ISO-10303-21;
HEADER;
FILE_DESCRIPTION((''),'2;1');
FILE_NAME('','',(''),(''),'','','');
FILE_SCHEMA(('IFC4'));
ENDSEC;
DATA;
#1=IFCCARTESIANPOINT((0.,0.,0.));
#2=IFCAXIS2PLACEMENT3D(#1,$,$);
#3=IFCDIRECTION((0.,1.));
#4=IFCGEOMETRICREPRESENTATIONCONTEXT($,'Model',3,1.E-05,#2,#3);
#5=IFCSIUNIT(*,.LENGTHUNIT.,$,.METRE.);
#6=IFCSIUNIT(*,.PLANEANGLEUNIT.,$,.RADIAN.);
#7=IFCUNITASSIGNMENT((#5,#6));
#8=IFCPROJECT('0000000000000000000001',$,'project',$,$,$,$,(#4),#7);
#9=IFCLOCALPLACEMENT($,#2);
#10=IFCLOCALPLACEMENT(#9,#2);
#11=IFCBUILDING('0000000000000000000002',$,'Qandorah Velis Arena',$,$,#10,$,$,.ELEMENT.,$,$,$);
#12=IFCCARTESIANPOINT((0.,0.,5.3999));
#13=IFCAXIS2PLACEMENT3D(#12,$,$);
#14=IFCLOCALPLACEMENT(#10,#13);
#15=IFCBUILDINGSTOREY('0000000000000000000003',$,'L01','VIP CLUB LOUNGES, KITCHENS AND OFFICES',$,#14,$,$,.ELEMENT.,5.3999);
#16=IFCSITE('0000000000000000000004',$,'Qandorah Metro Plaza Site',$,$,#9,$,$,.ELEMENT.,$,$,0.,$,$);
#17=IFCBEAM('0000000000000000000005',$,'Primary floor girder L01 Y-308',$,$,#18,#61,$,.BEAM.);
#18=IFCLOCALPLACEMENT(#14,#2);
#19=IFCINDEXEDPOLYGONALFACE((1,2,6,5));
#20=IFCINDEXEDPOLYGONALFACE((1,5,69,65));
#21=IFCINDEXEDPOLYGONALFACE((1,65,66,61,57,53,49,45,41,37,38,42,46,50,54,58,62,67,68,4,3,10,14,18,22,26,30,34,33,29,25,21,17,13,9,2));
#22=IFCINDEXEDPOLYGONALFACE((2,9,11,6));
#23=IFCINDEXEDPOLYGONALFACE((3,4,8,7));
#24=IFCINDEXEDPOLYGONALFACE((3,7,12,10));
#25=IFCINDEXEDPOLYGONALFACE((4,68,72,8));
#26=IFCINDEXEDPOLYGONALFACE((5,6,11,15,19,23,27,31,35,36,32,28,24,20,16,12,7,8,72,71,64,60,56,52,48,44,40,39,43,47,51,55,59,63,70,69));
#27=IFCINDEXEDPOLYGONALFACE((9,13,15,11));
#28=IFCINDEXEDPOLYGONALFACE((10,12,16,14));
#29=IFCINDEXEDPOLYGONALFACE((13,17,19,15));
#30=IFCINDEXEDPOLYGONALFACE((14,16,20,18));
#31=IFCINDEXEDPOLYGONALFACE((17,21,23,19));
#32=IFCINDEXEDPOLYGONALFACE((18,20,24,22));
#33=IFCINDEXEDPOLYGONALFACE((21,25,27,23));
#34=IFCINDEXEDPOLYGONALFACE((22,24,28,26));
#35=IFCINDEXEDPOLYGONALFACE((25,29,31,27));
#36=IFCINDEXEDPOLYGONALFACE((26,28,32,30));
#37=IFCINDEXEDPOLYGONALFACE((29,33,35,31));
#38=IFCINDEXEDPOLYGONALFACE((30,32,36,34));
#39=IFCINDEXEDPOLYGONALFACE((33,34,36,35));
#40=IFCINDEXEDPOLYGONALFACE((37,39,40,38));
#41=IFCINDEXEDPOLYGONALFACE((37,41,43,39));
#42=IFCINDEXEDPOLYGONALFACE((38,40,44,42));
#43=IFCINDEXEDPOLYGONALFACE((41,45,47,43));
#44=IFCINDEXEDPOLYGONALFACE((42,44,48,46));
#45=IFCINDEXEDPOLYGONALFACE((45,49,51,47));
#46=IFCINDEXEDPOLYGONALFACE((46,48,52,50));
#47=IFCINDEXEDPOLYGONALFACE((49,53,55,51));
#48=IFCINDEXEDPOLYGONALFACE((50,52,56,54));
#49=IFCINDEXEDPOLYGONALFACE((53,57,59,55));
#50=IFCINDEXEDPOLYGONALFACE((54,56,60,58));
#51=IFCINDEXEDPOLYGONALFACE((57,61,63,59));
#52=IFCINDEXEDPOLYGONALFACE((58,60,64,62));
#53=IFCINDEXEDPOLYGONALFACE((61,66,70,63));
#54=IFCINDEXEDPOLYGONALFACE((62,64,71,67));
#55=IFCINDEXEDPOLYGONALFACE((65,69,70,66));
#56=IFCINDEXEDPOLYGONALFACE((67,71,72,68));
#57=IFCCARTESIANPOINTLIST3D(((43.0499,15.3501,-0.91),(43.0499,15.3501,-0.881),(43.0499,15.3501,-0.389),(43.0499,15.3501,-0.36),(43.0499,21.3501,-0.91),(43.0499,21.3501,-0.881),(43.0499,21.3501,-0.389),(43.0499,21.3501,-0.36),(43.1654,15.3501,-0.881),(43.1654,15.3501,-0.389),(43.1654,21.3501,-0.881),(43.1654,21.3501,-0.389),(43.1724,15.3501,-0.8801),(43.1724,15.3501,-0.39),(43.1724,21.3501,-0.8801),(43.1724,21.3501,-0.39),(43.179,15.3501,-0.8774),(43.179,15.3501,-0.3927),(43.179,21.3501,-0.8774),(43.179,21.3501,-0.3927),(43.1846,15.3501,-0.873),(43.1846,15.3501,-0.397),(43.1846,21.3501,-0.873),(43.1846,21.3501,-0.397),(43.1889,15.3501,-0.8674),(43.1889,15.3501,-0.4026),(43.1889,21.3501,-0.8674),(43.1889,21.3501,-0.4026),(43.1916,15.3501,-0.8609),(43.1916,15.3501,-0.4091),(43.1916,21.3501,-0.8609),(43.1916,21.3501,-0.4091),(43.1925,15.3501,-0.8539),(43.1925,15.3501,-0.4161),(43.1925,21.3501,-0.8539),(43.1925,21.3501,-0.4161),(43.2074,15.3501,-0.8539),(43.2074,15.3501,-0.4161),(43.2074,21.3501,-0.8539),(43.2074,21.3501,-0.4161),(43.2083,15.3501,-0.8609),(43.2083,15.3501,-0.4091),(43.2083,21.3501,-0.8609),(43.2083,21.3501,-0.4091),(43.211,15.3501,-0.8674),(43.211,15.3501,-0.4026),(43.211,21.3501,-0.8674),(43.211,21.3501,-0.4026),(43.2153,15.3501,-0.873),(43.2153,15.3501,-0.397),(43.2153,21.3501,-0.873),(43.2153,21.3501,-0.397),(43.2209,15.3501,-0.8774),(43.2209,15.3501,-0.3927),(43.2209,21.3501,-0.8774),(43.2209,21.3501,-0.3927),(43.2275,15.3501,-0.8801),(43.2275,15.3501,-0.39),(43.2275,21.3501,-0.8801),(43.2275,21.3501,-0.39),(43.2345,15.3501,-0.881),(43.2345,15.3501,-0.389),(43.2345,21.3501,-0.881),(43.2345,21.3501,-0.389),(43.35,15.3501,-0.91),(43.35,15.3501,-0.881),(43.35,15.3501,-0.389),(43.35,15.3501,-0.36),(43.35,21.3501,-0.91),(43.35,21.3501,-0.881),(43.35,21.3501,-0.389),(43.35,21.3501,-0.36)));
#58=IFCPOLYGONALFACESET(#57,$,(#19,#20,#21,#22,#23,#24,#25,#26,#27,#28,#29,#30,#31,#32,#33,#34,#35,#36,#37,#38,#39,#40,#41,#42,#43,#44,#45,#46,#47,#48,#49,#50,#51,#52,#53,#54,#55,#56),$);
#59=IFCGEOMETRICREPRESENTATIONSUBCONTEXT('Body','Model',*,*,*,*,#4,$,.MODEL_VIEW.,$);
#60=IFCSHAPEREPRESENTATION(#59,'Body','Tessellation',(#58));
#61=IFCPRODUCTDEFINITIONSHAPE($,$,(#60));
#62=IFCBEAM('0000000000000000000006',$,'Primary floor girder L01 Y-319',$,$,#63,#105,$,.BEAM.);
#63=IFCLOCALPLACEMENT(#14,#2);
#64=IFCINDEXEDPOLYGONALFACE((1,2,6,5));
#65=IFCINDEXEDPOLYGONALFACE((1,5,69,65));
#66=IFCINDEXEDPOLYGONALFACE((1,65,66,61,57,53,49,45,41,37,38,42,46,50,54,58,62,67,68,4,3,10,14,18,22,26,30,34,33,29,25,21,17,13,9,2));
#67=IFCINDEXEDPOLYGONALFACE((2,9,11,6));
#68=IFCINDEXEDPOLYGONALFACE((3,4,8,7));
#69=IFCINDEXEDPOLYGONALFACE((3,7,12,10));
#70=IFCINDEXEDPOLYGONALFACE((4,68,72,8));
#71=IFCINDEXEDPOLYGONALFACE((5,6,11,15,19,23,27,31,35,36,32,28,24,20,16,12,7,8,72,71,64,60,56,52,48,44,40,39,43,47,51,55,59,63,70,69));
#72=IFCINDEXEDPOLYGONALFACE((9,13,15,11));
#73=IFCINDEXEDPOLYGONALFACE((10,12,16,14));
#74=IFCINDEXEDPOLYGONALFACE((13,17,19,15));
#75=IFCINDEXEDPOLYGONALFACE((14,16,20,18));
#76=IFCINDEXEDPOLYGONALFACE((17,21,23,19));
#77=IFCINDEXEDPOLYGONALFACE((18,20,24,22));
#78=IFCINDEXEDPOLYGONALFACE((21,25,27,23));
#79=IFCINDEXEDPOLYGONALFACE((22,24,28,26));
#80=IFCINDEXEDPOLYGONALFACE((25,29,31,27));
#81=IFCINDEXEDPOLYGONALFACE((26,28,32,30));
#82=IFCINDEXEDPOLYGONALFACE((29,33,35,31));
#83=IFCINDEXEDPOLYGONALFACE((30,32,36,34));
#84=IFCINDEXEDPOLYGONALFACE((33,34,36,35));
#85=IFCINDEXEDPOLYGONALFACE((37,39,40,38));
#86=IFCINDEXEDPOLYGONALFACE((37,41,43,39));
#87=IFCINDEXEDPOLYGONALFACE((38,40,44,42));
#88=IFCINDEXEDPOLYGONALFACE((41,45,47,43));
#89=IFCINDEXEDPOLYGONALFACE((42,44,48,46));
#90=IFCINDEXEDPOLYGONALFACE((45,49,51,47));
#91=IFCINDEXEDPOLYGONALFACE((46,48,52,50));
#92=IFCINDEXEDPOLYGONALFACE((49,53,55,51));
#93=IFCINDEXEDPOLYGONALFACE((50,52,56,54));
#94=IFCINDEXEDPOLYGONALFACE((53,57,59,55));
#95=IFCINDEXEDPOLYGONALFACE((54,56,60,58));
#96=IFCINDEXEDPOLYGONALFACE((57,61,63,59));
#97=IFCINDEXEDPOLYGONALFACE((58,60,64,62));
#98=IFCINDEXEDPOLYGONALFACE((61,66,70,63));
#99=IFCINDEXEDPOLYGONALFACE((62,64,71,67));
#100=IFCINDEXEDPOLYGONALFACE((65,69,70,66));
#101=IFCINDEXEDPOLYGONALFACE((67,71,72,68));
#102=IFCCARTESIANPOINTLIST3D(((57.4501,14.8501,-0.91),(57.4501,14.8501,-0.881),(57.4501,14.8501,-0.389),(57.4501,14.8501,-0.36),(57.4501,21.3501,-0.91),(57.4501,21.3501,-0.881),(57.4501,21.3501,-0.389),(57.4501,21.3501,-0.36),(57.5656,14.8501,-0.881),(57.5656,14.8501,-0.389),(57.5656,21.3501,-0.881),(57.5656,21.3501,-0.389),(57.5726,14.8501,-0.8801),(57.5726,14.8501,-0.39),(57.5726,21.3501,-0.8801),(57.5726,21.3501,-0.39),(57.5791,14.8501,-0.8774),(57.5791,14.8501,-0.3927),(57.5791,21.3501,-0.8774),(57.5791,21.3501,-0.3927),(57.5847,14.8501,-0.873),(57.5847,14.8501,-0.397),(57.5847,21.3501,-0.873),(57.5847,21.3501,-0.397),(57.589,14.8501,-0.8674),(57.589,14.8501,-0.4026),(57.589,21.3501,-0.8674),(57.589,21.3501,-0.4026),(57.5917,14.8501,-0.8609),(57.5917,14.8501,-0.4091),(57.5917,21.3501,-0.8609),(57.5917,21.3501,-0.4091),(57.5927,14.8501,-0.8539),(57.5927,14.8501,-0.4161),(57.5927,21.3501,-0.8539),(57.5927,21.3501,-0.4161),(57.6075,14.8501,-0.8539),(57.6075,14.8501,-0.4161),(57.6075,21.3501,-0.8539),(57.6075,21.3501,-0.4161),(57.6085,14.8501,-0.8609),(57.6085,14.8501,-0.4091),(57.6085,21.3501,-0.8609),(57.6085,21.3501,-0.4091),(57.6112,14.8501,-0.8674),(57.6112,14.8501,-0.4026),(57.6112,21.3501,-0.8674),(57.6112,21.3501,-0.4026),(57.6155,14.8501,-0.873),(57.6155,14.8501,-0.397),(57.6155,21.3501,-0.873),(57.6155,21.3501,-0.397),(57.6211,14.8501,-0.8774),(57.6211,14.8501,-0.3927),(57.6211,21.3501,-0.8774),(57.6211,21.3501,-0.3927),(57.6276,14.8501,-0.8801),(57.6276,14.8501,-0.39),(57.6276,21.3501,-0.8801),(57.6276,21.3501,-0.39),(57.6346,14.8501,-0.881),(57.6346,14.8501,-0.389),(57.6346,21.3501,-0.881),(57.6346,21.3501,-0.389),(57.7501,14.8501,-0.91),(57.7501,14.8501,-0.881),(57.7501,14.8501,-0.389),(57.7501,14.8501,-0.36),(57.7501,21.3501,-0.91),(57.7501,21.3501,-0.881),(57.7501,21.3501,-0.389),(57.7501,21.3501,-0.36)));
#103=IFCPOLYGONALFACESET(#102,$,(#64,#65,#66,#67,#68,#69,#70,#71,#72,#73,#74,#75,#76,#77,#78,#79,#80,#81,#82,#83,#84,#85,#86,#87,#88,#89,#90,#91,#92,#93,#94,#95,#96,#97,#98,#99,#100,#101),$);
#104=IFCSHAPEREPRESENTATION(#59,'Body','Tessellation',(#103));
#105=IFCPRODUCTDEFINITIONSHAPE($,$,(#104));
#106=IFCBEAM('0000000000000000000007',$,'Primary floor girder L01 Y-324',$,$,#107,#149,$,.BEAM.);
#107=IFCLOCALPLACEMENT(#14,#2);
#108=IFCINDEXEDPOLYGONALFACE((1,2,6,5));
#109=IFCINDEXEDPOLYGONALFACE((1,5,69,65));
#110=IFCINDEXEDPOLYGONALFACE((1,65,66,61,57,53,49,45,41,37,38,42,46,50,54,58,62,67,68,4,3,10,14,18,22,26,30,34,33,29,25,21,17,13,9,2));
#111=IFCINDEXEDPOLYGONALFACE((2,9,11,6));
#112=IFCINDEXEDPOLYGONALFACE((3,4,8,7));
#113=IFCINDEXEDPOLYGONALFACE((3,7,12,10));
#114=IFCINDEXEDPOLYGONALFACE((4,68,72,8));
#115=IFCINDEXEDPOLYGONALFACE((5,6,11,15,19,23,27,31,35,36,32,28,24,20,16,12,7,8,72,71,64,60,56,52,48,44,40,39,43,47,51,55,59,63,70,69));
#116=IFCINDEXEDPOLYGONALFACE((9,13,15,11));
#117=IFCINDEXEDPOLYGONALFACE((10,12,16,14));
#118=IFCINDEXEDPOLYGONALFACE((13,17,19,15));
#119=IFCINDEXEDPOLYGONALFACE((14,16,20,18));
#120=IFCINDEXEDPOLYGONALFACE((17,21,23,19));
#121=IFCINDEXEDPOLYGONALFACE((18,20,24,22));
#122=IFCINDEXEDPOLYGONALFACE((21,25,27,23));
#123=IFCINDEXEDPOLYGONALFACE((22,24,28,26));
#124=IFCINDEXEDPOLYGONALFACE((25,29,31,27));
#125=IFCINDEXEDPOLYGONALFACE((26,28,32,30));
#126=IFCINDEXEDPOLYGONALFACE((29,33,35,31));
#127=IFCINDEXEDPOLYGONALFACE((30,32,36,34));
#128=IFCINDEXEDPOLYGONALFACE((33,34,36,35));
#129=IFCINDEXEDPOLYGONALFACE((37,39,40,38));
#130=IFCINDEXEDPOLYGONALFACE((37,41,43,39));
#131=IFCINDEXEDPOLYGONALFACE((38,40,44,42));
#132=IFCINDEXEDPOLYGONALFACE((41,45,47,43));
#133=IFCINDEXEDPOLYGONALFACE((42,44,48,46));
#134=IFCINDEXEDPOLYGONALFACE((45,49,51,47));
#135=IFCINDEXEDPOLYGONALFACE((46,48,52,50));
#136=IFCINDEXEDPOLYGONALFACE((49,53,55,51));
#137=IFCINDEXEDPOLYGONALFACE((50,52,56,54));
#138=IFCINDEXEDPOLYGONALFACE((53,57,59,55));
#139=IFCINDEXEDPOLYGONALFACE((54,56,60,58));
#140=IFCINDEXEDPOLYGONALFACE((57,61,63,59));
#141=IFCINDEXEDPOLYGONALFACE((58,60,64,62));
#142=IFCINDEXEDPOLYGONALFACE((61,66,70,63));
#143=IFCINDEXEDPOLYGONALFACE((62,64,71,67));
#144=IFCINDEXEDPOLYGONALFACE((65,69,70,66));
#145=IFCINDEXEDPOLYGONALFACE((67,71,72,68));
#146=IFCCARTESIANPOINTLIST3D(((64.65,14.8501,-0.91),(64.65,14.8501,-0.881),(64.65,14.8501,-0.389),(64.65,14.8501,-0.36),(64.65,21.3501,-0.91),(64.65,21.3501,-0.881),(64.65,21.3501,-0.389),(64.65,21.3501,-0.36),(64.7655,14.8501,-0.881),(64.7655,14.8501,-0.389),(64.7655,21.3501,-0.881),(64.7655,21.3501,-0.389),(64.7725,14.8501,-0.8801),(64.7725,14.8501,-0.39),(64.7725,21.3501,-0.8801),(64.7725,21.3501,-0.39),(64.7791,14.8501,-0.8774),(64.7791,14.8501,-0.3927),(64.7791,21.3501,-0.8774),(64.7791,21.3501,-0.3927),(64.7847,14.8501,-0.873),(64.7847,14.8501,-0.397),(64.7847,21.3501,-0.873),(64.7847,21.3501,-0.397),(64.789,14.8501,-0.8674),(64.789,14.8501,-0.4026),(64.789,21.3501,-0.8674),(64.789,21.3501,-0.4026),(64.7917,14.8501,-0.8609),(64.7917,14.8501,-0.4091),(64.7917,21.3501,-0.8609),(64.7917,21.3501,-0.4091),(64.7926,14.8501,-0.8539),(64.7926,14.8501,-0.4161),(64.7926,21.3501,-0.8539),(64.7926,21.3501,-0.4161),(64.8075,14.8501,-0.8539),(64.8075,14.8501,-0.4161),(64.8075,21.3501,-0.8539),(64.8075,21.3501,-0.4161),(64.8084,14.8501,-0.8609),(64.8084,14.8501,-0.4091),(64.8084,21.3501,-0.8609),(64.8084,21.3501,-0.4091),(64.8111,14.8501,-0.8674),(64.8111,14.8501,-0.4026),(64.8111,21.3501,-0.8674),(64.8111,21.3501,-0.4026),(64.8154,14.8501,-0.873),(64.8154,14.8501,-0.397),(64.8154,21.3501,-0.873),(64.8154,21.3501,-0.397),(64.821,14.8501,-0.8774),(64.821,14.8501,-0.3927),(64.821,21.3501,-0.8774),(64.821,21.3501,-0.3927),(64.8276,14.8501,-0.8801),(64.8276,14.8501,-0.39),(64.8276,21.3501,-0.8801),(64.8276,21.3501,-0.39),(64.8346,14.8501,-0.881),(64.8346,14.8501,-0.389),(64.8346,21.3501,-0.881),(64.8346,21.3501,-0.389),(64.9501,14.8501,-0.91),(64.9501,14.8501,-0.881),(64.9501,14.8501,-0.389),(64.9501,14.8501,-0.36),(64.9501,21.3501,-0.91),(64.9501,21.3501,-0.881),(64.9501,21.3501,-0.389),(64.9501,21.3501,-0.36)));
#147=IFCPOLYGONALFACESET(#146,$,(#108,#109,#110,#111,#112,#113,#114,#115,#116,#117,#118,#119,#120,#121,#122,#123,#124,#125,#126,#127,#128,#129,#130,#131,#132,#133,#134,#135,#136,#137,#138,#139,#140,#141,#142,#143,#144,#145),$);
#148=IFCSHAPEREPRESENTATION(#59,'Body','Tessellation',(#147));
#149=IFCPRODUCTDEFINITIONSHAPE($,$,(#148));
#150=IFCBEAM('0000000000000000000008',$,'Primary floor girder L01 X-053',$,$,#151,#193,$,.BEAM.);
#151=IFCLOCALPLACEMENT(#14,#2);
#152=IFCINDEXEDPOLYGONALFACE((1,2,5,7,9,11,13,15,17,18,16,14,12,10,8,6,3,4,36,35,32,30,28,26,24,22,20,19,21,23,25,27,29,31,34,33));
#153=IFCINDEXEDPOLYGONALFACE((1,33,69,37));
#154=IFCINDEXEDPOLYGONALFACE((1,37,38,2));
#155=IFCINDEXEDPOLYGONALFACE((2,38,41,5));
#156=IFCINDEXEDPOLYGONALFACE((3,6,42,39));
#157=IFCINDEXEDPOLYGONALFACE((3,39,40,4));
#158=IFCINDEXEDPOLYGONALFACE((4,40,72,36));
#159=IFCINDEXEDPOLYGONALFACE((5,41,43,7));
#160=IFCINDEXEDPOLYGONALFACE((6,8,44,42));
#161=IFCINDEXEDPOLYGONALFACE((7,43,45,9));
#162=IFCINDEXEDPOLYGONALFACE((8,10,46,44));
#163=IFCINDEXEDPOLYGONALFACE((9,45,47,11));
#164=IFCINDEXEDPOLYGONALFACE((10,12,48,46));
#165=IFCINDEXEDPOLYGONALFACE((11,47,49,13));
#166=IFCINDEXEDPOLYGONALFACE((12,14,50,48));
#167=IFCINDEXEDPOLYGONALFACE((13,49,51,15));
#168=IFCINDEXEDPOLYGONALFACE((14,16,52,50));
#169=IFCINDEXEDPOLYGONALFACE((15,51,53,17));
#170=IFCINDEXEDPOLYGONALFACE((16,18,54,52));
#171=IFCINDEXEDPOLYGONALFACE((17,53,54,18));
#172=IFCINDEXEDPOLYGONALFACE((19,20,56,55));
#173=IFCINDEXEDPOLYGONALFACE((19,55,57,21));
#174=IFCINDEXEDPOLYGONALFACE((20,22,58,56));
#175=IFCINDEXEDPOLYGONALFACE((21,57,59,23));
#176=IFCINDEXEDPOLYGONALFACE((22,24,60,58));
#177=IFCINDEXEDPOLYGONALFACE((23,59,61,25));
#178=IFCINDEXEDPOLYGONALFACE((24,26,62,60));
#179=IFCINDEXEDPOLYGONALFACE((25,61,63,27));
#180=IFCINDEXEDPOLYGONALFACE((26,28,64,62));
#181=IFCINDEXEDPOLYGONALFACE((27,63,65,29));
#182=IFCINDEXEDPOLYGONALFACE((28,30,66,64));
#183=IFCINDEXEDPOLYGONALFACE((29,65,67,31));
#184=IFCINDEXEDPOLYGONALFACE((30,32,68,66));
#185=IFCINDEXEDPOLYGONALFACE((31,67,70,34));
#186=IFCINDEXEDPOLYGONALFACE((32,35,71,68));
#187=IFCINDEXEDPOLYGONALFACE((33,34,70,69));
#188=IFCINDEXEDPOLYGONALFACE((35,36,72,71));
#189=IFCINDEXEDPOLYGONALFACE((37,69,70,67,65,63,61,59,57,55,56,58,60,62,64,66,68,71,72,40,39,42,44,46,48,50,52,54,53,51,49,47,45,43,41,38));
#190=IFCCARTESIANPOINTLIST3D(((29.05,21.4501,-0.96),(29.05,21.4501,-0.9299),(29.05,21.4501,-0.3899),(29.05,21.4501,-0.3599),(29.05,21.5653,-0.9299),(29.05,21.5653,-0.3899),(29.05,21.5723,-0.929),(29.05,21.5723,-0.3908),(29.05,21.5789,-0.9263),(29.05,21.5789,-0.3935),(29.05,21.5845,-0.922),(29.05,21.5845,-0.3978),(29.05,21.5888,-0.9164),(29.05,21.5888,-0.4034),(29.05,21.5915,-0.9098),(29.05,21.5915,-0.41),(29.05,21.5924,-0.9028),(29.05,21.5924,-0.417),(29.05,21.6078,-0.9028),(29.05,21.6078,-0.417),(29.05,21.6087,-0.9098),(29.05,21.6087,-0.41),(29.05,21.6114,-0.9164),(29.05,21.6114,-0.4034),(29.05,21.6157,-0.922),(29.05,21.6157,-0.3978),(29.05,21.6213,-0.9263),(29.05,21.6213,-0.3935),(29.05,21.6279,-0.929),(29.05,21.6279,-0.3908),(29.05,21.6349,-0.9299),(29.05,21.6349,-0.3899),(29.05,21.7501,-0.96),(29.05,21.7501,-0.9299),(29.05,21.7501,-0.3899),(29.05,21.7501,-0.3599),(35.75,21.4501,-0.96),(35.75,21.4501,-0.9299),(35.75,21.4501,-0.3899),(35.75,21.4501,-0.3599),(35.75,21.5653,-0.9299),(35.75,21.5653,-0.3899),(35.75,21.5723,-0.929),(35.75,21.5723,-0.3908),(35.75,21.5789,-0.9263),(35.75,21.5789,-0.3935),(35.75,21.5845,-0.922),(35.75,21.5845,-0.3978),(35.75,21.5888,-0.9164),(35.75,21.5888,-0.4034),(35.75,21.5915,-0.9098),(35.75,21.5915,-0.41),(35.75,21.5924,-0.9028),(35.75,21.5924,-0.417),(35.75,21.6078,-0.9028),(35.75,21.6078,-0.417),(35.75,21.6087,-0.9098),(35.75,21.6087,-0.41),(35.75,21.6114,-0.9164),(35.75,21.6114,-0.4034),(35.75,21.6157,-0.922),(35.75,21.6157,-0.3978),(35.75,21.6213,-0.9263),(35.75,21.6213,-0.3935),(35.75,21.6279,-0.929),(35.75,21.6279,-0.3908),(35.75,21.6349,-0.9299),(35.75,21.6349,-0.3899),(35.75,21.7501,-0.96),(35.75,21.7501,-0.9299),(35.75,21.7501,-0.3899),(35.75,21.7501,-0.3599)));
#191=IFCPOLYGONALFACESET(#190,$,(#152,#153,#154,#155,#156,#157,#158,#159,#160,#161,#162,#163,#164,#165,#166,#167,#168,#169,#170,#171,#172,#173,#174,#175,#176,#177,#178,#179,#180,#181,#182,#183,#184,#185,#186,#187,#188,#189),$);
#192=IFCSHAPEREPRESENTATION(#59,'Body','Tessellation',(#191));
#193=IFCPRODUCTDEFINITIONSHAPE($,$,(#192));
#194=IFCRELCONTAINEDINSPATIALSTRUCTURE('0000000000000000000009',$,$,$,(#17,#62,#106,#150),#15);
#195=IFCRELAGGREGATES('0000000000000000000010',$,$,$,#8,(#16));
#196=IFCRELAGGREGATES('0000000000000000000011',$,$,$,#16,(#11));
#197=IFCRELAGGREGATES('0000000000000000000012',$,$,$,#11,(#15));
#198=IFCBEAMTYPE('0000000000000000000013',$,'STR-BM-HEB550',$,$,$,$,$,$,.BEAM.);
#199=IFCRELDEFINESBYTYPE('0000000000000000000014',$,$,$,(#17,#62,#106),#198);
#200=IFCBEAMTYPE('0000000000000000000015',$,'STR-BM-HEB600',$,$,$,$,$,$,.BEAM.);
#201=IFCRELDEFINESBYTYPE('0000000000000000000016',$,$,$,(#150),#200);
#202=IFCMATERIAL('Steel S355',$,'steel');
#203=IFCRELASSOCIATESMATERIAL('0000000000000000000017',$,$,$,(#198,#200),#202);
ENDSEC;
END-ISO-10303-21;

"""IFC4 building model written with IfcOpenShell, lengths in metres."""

from ifc_helpers import new_model, si_unit, direction, frame, origin, origin_2d, place, context, subcontext, project, spatial, i_section, extrude, material, material_profile, profile_set, type_object, element, save


model = new_model("IFC4")

# Units and contexts
model_context = context("Model", 3, precision=1e-05, world=origin(), true_north=direction((0.0, 1.0)))
body_context = subcontext(model_context, "Body", "Model", "MODEL_VIEW")
ifc_project = project(units=[si_unit("LENGTHUNIT", "METRE"), si_unit("PLANEANGLEUNIT", "RADIAN")], contexts=[model_context])

# Site, building, storey
site_placement = place(None, origin())
site = spatial("IfcSite", under=ifc_project, at=site_placement, Name="Qandorah Metro Plaza Site", CompositionType="ELEMENT", RefElevation=0.0)
building_placement = place(site_placement, origin())
building = spatial("IfcBuilding", under=site, at=building_placement, Name="Qandorah Velis Arena", CompositionType="ELEMENT")
storey_placement = place(building_placement, frame((0.0, 0.0, 5.3999)))
storey = spatial("IfcBuildingStorey", under=building, at=storey_placement, Name="L01", Description="VIP CLUB LOUNGES, KITCHENS AND OFFICES", CompositionType="ELEMENT", Elevation=5.3999)

# Beams
ifc_material_1 = material(Name="Steel S355", Category="steel")
ifc_material_profile_1 = material_profile(ifc_material_1, i_section(OverallWidth=0.3, OverallDepth=0.55, WebThickness=0.0149, FlangeThickness=0.0291, FilletRadius=0.0271, at=origin_2d()), Name="HEB 550")
ifc_profile_set_1 = profile_set([ifc_material_profile_1], Name="Steel S355")
beam_type_1 = type_object("IfcBeamType", Name="STR-BM-HEB550", PredefinedType="BEAM", material=ifc_profile_set_1)
beam_1_placement = place(storey_placement, frame((43.2, 15.3501, -0.635), z_axis=(0.0, 1.0, 0.0), x_axis=(-1.0, 0.0, 0.0)))
element("IfcBeam", 1, at=beam_1_placement, inside=storey, type_object=beam_type_1, Name="Primary floor girder L01 Y-308", PredefinedType="BEAM", context=body_context, shape_type="SweptSolid", body=[
    extrude(i_section(OverallWidth=0.3, OverallDepth=0.55, WebThickness=0.0149, FlangeThickness=0.0291, FilletRadius=0.0271, at=origin_2d()), origin(), (0.0, 0.0, 1.0), 6.0),
])
for number, where, z_axis, x_axis, name in (
    (2, (57.6001, 14.8501, -0.635), (0.0, 1.0, 0.0), (-1.0, 0.0, 0.0), "Primary floor girder L01 Y-319"),
    (3, (64.8, 14.8501, -0.635), (0.0, 1.0, 0.0), (-1.0, 0.0, 0.0), "Primary floor girder L01 Y-324"),
):
    element("IfcBeam", number, at=place(storey_placement, frame(where, z_axis=z_axis, x_axis=x_axis)), inside=storey, type_object=beam_type_1, Name=name, PredefinedType="BEAM", context=body_context, shape_type="SweptSolid", body=[
        extrude(i_section(OverallWidth=0.3, OverallDepth=0.55, WebThickness=0.0149, FlangeThickness=0.0291, FilletRadius=0.0271, at=origin_2d()), origin(), (0.0, 0.0, 1.0), 6.5),
    ])
ifc_material_profile_2 = material_profile(ifc_material_1, i_section(OverallWidth=0.3, OverallDepth=0.6001, WebThickness=0.0154, FlangeThickness=0.03, FilletRadius=0.0271, at=origin_2d()), Name="HEB 600")
ifc_profile_set_2 = profile_set([ifc_material_profile_2], Name="Steel S355")
beam_type_2 = type_object("IfcBeamType", Name="STR-BM-HEB600", PredefinedType="BEAM", material=ifc_profile_set_2)
for number, where, z_axis, x_axis, name in (
    (4, (29.05, 21.6001, -0.6599), (1.0, 0.0, 0.0), (0.0, 1.0, 0.0), "Primary floor girder L01 X-053"),
):
    element("IfcBeam", number, at=place(storey_placement, frame(where, z_axis=z_axis, x_axis=x_axis)), inside=storey, type_object=beam_type_2, Name=name, PredefinedType="BEAM", context=body_context, shape_type="SweptSolid", body=[
        extrude(i_section(OverallWidth=0.3, OverallDepth=0.6001, WebThickness=0.0154, FlangeThickness=0.03, FilletRadius=0.0271, at=origin_2d()), origin(), (0.0, 0.0, 1.0), 6.7),
    ])

save(model, "model.ifc")
